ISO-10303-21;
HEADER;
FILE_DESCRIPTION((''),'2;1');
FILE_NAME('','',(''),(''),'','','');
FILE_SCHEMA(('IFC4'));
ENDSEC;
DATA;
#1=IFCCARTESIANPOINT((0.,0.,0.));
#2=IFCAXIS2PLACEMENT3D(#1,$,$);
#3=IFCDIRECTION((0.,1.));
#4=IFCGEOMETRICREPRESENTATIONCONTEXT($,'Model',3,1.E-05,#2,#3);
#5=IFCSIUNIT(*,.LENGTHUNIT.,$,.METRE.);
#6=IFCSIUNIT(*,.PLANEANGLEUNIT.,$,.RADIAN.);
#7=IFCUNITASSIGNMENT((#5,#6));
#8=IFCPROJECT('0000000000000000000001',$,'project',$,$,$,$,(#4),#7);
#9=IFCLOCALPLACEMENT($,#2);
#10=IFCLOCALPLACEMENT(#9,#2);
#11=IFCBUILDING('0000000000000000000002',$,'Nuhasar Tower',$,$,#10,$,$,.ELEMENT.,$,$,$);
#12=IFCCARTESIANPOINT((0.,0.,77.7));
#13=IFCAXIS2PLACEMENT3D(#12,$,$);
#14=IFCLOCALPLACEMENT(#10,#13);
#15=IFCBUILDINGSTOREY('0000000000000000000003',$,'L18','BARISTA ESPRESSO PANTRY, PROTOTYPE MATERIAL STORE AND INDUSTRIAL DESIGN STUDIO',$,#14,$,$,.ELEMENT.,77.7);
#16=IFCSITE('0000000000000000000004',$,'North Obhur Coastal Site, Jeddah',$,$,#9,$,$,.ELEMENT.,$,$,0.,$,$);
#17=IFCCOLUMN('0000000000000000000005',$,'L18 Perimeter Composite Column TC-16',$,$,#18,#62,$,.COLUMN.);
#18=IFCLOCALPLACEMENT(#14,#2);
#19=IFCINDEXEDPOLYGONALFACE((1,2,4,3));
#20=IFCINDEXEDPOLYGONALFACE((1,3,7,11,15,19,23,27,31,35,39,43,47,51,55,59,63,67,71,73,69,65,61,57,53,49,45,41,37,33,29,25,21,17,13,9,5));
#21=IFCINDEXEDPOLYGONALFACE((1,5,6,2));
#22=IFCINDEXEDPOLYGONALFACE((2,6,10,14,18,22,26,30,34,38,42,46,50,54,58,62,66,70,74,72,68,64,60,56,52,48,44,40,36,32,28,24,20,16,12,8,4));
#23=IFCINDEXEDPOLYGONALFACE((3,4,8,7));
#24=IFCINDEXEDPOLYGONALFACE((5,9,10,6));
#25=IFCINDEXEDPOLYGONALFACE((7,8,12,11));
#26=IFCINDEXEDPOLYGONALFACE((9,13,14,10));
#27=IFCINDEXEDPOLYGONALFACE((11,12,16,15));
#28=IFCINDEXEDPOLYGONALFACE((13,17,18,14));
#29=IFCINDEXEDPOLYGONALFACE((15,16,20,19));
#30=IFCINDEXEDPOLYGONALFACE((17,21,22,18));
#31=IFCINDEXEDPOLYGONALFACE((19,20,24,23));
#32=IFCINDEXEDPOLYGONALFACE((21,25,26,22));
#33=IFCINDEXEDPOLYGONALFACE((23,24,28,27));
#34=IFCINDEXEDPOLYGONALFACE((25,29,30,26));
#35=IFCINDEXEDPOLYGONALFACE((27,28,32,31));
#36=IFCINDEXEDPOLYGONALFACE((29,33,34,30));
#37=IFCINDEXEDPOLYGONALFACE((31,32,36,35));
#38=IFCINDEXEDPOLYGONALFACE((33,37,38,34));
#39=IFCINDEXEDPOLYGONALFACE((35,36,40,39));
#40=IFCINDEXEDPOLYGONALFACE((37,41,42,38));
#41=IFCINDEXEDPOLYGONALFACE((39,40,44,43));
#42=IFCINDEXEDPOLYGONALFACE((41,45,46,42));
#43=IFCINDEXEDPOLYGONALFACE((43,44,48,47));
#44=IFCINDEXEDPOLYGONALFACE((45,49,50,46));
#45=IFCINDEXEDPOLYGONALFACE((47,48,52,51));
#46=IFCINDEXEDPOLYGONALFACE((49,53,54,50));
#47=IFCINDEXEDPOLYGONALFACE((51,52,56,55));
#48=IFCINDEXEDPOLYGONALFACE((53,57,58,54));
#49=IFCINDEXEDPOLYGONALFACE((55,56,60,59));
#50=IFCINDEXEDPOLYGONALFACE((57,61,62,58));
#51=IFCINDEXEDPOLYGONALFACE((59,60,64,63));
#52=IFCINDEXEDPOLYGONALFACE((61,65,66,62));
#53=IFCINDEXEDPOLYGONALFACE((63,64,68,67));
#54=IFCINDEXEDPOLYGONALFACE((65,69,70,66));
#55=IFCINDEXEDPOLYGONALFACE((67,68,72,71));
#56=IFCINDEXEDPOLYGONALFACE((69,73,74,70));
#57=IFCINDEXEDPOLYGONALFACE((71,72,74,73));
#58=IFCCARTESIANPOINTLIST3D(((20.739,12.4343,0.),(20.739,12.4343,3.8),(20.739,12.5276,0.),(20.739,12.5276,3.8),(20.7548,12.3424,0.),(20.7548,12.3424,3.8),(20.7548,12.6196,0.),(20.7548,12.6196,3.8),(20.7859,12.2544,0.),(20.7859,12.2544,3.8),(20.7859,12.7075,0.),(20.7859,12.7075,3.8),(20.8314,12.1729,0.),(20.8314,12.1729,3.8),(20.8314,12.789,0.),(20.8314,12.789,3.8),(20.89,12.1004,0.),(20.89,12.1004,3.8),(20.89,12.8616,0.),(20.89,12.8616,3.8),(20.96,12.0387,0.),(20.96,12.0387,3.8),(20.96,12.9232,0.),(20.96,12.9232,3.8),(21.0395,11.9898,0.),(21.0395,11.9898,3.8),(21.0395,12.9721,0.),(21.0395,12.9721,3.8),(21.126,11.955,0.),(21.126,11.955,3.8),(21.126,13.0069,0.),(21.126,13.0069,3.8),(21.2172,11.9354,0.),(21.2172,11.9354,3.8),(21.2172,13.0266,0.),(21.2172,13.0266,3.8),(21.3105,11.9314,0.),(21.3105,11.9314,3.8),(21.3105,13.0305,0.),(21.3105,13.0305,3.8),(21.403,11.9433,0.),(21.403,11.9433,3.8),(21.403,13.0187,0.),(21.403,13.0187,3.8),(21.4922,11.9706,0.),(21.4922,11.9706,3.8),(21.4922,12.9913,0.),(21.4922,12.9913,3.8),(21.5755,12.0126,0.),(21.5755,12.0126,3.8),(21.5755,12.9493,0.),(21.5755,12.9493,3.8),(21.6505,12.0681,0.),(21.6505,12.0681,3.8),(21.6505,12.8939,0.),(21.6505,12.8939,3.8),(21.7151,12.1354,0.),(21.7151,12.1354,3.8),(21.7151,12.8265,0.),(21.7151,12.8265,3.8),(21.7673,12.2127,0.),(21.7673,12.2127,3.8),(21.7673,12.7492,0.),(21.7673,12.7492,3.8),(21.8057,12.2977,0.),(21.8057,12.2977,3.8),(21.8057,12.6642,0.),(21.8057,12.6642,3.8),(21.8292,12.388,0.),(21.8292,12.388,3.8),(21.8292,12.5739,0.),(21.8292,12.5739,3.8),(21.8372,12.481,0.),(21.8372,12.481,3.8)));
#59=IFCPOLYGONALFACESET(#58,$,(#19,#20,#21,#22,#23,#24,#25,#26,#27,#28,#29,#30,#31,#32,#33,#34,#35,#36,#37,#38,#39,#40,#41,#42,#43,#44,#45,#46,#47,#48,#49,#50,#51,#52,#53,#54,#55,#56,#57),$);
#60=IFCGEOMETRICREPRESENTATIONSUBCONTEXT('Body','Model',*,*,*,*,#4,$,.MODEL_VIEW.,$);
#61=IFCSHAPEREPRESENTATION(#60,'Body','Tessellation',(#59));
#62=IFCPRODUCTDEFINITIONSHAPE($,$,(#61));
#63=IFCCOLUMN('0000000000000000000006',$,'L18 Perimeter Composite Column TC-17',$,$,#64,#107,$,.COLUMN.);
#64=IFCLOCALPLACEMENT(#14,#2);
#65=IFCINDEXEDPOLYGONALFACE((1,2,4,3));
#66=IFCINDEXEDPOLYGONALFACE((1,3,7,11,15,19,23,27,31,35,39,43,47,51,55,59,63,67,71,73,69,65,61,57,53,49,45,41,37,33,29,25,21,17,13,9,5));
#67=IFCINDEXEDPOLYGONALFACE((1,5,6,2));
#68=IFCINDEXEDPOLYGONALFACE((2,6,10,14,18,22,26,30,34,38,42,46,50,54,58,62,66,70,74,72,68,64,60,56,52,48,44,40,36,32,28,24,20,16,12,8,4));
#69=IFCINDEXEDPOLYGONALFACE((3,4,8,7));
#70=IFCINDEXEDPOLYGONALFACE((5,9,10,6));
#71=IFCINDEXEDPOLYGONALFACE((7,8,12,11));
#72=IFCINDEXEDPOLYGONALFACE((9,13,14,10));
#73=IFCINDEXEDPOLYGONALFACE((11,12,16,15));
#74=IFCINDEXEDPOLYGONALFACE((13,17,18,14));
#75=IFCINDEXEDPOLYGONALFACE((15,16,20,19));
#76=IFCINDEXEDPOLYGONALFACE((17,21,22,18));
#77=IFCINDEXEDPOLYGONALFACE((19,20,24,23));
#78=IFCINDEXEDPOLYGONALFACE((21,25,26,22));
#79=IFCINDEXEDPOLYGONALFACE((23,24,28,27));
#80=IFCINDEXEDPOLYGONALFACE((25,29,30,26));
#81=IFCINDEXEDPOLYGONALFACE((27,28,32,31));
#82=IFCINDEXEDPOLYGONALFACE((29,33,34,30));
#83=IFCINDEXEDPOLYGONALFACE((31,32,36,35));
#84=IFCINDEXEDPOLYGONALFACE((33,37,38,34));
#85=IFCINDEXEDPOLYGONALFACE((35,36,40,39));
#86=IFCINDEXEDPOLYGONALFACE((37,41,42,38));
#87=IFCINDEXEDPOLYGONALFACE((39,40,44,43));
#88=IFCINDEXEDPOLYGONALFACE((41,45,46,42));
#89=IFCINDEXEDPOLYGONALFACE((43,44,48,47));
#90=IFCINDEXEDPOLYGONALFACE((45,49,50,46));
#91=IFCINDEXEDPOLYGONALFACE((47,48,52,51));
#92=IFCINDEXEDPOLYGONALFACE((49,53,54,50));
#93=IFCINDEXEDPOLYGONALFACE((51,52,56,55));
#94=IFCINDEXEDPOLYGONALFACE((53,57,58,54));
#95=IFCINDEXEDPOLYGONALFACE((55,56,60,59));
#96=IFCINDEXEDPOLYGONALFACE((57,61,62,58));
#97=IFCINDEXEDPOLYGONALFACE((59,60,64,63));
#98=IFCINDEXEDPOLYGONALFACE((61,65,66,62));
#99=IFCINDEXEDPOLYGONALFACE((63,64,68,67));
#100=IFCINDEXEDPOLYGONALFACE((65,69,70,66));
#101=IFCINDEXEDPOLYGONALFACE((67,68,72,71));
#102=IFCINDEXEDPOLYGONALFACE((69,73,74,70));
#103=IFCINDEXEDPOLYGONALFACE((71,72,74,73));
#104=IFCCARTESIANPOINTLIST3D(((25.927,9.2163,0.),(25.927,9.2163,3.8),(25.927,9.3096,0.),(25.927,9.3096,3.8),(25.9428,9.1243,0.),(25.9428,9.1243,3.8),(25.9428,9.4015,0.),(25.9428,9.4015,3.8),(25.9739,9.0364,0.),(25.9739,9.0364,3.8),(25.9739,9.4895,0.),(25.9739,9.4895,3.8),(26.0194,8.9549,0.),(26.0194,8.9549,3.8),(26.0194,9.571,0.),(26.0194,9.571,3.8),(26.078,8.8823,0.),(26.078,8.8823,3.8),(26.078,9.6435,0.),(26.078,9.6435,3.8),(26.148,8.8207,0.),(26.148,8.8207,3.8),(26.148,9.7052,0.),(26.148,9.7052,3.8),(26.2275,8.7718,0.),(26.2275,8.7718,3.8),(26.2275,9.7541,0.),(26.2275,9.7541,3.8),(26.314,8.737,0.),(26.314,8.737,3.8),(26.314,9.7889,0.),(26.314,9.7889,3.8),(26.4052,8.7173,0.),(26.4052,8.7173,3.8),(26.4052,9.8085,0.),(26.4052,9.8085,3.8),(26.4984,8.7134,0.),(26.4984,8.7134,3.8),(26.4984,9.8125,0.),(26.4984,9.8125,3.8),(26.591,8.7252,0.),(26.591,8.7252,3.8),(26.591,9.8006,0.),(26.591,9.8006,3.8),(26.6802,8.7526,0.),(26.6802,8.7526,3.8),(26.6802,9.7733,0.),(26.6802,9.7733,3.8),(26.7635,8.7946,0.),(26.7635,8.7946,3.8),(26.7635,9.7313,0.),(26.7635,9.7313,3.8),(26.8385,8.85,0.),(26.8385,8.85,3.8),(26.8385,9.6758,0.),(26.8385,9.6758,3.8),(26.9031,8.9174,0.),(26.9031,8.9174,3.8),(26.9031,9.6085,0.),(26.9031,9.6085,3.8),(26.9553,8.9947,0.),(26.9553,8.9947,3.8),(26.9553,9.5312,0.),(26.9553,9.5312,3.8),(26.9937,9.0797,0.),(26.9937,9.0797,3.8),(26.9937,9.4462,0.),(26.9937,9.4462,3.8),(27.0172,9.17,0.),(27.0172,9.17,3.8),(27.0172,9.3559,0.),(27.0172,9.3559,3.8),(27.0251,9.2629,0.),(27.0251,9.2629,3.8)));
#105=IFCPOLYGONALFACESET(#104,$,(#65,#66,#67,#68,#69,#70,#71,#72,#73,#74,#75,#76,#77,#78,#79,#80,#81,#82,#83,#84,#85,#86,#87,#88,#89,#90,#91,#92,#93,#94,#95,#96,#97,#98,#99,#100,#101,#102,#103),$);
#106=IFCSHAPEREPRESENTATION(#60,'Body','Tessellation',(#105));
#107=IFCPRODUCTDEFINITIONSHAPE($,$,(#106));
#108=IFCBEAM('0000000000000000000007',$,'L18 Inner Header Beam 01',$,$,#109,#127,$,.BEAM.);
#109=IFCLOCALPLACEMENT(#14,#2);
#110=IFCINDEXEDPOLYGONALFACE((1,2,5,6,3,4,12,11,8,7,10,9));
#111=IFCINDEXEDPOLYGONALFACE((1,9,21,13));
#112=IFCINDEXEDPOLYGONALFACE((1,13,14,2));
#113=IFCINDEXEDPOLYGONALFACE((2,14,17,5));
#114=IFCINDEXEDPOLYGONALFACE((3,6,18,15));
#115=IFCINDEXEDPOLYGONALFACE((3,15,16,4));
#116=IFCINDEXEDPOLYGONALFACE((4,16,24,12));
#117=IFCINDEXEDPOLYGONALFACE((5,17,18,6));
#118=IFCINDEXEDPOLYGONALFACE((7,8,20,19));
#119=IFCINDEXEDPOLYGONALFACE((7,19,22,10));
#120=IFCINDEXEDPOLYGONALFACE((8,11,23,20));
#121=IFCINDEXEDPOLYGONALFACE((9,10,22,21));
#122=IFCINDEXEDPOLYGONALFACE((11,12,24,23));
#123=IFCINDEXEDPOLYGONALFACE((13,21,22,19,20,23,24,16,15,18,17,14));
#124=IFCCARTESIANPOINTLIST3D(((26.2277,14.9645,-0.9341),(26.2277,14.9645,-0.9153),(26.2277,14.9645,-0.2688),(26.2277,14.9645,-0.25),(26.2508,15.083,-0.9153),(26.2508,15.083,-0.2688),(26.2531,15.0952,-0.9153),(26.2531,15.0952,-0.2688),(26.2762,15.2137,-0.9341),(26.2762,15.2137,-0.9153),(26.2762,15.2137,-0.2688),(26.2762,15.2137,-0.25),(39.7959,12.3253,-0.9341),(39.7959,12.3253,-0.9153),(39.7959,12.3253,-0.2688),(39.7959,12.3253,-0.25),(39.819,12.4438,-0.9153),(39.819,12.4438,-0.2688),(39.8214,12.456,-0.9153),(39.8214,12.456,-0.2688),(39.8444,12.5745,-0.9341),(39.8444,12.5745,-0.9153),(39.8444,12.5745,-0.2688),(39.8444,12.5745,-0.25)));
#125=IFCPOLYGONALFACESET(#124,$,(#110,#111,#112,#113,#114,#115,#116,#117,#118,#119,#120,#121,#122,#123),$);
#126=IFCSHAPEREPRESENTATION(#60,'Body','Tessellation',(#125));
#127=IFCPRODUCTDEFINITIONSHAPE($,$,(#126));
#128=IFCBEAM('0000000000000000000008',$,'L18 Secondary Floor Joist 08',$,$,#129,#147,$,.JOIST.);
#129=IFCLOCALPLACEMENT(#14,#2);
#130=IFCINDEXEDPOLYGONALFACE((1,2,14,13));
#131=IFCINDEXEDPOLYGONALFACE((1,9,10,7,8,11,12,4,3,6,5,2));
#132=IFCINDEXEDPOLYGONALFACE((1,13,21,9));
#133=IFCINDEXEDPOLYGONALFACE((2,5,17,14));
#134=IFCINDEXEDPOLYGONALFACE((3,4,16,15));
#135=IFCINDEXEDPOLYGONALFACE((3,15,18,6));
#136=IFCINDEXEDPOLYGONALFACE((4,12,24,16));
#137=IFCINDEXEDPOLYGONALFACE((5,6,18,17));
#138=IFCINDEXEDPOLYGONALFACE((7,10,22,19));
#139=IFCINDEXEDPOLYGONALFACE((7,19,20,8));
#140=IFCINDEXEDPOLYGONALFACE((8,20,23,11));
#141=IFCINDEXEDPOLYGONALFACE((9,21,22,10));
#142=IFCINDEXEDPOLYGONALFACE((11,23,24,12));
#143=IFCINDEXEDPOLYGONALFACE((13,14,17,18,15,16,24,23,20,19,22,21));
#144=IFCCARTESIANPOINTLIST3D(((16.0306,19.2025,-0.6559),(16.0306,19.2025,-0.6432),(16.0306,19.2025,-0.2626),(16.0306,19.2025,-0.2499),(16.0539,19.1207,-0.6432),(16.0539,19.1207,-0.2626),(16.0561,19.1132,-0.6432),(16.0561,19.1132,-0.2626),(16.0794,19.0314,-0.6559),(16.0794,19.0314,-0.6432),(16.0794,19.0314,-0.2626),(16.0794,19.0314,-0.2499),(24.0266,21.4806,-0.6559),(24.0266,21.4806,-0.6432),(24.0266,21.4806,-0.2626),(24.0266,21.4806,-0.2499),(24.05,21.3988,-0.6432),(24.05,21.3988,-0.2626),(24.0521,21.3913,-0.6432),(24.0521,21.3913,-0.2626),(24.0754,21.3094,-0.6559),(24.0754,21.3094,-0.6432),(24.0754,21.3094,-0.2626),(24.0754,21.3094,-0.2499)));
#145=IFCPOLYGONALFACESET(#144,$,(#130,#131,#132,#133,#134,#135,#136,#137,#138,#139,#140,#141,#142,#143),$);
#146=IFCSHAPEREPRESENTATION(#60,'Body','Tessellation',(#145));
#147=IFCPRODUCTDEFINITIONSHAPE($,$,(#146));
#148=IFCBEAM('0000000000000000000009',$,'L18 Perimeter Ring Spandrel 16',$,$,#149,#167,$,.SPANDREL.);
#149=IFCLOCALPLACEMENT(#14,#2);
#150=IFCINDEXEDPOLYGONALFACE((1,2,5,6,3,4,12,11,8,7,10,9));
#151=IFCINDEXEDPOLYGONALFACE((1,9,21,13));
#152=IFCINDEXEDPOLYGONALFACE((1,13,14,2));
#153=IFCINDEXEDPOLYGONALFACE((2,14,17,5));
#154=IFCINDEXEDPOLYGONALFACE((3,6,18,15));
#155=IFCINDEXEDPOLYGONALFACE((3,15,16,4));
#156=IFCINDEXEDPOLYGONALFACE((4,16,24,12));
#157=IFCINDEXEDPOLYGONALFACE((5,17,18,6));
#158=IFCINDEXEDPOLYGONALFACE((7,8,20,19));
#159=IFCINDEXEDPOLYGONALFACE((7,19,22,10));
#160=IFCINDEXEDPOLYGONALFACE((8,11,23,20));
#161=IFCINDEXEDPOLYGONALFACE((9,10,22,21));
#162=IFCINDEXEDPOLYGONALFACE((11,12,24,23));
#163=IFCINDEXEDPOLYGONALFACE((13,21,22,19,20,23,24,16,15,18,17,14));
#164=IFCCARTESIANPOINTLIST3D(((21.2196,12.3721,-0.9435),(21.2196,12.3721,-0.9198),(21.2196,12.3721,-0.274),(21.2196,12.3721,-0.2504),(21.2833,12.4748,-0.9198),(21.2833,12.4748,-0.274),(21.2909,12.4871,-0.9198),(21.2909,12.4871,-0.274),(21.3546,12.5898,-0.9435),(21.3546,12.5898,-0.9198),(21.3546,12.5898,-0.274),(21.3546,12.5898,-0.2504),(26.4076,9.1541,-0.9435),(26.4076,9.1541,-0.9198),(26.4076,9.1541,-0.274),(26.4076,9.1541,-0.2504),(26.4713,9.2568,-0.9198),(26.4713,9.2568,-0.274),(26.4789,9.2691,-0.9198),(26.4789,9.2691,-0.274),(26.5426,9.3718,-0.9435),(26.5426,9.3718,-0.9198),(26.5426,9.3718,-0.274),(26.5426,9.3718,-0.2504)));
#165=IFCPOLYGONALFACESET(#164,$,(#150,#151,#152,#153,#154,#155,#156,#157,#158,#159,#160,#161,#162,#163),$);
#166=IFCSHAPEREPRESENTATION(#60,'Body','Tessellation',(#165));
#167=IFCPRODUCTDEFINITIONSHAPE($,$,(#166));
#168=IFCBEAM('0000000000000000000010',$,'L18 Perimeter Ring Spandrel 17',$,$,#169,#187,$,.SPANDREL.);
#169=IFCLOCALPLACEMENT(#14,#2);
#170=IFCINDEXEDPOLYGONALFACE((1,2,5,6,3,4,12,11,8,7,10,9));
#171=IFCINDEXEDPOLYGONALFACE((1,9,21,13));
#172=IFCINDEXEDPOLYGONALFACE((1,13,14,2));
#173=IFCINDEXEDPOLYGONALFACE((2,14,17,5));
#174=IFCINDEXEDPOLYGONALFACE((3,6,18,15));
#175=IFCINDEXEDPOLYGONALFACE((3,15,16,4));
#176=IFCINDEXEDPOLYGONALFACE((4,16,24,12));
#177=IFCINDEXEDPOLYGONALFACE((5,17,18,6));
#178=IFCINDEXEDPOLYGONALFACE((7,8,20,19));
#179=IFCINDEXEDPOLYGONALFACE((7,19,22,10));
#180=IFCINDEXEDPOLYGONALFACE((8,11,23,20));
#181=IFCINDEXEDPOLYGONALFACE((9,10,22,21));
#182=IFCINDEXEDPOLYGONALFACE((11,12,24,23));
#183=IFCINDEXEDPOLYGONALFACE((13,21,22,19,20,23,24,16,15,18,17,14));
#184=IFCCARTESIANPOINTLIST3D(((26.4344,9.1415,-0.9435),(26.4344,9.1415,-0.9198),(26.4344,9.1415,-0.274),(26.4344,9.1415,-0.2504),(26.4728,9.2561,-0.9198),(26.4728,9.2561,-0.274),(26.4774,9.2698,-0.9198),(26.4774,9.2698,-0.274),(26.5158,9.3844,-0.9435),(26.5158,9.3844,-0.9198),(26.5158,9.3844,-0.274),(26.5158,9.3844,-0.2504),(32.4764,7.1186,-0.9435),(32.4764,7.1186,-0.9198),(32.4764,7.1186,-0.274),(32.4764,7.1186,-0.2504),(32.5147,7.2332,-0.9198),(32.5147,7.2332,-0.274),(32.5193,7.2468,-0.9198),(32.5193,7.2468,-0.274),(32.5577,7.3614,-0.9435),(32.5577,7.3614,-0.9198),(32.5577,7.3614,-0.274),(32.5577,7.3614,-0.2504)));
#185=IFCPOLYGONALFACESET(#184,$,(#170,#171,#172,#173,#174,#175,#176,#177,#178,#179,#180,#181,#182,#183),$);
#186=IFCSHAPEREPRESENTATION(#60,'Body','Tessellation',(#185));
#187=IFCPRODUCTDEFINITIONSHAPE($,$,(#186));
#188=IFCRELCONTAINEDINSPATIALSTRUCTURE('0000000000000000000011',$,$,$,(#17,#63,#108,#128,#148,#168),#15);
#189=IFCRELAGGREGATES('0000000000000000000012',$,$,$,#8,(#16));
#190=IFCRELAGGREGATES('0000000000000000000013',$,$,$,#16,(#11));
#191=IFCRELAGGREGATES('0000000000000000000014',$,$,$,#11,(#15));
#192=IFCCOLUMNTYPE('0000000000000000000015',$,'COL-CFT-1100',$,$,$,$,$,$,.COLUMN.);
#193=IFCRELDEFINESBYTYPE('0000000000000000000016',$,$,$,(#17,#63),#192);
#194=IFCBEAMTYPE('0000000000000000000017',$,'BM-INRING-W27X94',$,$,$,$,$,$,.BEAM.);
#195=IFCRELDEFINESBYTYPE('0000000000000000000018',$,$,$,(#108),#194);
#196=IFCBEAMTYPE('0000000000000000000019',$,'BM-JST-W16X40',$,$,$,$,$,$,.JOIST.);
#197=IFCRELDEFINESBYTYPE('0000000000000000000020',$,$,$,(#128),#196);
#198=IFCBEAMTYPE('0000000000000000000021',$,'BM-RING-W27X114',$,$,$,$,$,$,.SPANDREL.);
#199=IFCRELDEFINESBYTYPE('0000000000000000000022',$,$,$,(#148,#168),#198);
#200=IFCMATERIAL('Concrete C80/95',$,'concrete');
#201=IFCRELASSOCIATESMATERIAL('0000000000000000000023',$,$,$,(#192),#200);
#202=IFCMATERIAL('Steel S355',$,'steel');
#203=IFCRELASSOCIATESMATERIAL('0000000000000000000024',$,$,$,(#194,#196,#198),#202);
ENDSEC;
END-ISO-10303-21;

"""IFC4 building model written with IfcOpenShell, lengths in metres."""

from ifc_helpers import new_model, si_unit, direction, frame, origin, origin_2d, place, context, subcontext, project, spatial, circle, i_section, extrude, material, material_profile, profile_set, type_object, element, save


model = new_model("IFC4")

# Units and contexts
model_context = context("Model", 3, precision=1e-05, world=origin(), true_north=direction((0.0, 1.0)))
body_context = subcontext(model_context, "Body", "Model", "MODEL_VIEW")
ifc_project = project(units=[si_unit("LENGTHUNIT", "METRE"), si_unit("PLANEANGLEUNIT", "RADIAN")], contexts=[model_context])

# Site, building, storey
site_placement = place(None, origin())
site = spatial("IfcSite", under=ifc_project, at=site_placement, Name="North Obhur Coastal Site, Jeddah", CompositionType="ELEMENT", RefElevation=0.0)
building_placement = place(site_placement, origin())
building = spatial("IfcBuilding", under=site, at=building_placement, Name="Nuhasar Tower", CompositionType="ELEMENT")
storey_placement = place(building_placement, frame((0.0, 0.0, 77.7)))
storey = spatial("IfcBuildingStorey", under=building, at=storey_placement, Name="L18", Description="BARISTA ESPRESSO PANTRY, PROTOTYPE MATERIAL STORE AND INDUSTRIAL DESIGN STUDIO", CompositionType="ELEMENT", Elevation=77.7)

# Columns
ifc_material_1 = material(Name="Concrete C80/95", Category="concrete")
ifc_material_profile_1 = material_profile(ifc_material_1, circle(Radius=0.55, at=origin_2d()), Name="CFT1100")
ifc_profile_set_1 = profile_set([ifc_material_profile_1], Name="Concrete C80/95")
column_type = type_object("IfcColumnType", Name="COL-CFT-1100", PredefinedType="COLUMN", material=ifc_profile_set_1)
for number, where, z_axis, x_axis, name in (
    (1, (21.2871, 12.481, 0.0), (0.0, 0.0, 1.0), (1.0, 0.0, 0.0), "L18 Perimeter Composite Column TC-16"),
    (2, (26.4751, 9.2629, 0.0), (0.0, 0.0, 1.0), (1.0, 0.0, 0.0), "L18 Perimeter Composite Column TC-17"),
):
    element("IfcColumn", number, at=place(storey_placement, frame(where, z_axis=z_axis, x_axis=x_axis)), inside=storey, type_object=column_type, Name=name, PredefinedType="COLUMN", context=body_context, shape_type="SweptSolid", body=[
        extrude(circle(Radius=0.55, at=origin_2d()), origin(), (0.0, 0.0, 1.0), 3.8),
    ])

# Beams
ifc_material_2 = material(Name="Steel S355", Category="steel")
ifc_material_profile_2 = material_profile(ifc_material_2, i_section(OverallWidth=0.2539, OverallDepth=0.6841, WebThickness=0.0125, FlangeThickness=0.0188, at=origin_2d()), Name="W27X94")
ifc_profile_set_2 = profile_set([ifc_material_profile_2], Name="Steel S355")
beam_type_1 = type_object("IfcBeamType", Name="BM-INRING-W27X94", PredefinedType="BEAM", material=ifc_profile_set_2)
beam_1_placement = place(storey_placement, frame((26.252, 15.0891, -0.592), z_axis=(0.981603, -0.190933, 0.0), x_axis=(0.190933, 0.981603, 0.0)))
element("IfcBeam", 3, at=beam_1_placement, inside=storey, type_object=beam_type_1, Name="L18 Inner Header Beam 01", PredefinedType="BEAM", context=body_context, shape_type="SweptSolid", body=[
    extrude(i_section(OverallWidth=0.2539, OverallDepth=0.6841, WebThickness=0.0125, FlangeThickness=0.0188, at=origin_2d()), origin(), (0.0, 0.0, 1.0), 13.8225),
])
ifc_material_profile_3 = material_profile(ifc_material_2, i_section(OverallWidth=0.178, OverallDepth=0.406, WebThickness=0.0078, FlangeThickness=0.0127, at=origin_2d()), Name="W16X40")
ifc_profile_set_3 = profile_set([ifc_material_profile_3], Name="Steel S355")
beam_type_2 = type_object("IfcBeamType", Name="BM-JST-W16X40", PredefinedType="JOIST", material=ifc_profile_set_3)
beam_2_placement = place(storey_placement, frame((24.051, 21.395, -0.4529), z_axis=(-0.961731, -0.273996, 0.0), x_axis=(0.273996, -0.961731, 0.0)))
element("IfcBeam", 4, at=beam_2_placement, inside=storey, type_object=beam_type_2, Name="L18 Secondary Floor Joist 08", PredefinedType="JOIST", context=body_context, shape_type="SweptSolid", body=[
    extrude(i_section(OverallWidth=0.178, OverallDepth=0.406, WebThickness=0.0078, FlangeThickness=0.0127, at=origin_2d()), origin(), (0.0, 0.0, 1.0), 8.3142),
])
ifc_material_profile_4 = material_profile(ifc_material_2, i_section(OverallWidth=0.2561, OverallDepth=0.6931, WebThickness=0.0144, FlangeThickness=0.0237, at=origin_2d()), Name="W27X114")
ifc_profile_set_4 = profile_set([ifc_material_profile_4], Name="Steel S355")
beam_type_3 = type_object("IfcBeamType", Name="BM-RING-W27X114", PredefinedType="SPANDREL", material=ifc_profile_set_4)
beam_3_placement = place(storey_placement, frame((21.2871, 12.481, -0.5969), z_axis=(0.849795, -0.527113, 0.0), x_axis=(0.527113, 0.849795, 0.0)))
element("IfcBeam", 5, at=beam_3_placement, inside=storey, type_object=beam_type_3, Name="L18 Perimeter Ring Spandrel 16", PredefinedType="SPANDREL", context=body_context, shape_type="SweptSolid", body=[
    extrude(i_section(OverallWidth=0.2561, OverallDepth=0.6931, WebThickness=0.0144, FlangeThickness=0.0237, at=origin_2d()), origin(), (0.0, 0.0, 1.0), 6.105),
])
beam_4_placement = place(storey_placement, frame((26.4751, 9.2629, -0.5969), z_axis=(0.948261, -0.317492, 0.0), x_axis=(0.317492, 0.948261, 0.0)))
element("IfcBeam", 6, at=beam_4_placement, inside=storey, type_object=beam_type_3, Name="L18 Perimeter Ring Spandrel 17", PredefinedType="SPANDREL", context=body_context, shape_type="SweptSolid", body=[
    extrude(i_section(OverallWidth=0.2561, OverallDepth=0.6931, WebThickness=0.0144, FlangeThickness=0.0237, at=origin_2d()), origin(), (0.0, 0.0, 1.0), 6.3716),
])

save(model, "model.ifc")
